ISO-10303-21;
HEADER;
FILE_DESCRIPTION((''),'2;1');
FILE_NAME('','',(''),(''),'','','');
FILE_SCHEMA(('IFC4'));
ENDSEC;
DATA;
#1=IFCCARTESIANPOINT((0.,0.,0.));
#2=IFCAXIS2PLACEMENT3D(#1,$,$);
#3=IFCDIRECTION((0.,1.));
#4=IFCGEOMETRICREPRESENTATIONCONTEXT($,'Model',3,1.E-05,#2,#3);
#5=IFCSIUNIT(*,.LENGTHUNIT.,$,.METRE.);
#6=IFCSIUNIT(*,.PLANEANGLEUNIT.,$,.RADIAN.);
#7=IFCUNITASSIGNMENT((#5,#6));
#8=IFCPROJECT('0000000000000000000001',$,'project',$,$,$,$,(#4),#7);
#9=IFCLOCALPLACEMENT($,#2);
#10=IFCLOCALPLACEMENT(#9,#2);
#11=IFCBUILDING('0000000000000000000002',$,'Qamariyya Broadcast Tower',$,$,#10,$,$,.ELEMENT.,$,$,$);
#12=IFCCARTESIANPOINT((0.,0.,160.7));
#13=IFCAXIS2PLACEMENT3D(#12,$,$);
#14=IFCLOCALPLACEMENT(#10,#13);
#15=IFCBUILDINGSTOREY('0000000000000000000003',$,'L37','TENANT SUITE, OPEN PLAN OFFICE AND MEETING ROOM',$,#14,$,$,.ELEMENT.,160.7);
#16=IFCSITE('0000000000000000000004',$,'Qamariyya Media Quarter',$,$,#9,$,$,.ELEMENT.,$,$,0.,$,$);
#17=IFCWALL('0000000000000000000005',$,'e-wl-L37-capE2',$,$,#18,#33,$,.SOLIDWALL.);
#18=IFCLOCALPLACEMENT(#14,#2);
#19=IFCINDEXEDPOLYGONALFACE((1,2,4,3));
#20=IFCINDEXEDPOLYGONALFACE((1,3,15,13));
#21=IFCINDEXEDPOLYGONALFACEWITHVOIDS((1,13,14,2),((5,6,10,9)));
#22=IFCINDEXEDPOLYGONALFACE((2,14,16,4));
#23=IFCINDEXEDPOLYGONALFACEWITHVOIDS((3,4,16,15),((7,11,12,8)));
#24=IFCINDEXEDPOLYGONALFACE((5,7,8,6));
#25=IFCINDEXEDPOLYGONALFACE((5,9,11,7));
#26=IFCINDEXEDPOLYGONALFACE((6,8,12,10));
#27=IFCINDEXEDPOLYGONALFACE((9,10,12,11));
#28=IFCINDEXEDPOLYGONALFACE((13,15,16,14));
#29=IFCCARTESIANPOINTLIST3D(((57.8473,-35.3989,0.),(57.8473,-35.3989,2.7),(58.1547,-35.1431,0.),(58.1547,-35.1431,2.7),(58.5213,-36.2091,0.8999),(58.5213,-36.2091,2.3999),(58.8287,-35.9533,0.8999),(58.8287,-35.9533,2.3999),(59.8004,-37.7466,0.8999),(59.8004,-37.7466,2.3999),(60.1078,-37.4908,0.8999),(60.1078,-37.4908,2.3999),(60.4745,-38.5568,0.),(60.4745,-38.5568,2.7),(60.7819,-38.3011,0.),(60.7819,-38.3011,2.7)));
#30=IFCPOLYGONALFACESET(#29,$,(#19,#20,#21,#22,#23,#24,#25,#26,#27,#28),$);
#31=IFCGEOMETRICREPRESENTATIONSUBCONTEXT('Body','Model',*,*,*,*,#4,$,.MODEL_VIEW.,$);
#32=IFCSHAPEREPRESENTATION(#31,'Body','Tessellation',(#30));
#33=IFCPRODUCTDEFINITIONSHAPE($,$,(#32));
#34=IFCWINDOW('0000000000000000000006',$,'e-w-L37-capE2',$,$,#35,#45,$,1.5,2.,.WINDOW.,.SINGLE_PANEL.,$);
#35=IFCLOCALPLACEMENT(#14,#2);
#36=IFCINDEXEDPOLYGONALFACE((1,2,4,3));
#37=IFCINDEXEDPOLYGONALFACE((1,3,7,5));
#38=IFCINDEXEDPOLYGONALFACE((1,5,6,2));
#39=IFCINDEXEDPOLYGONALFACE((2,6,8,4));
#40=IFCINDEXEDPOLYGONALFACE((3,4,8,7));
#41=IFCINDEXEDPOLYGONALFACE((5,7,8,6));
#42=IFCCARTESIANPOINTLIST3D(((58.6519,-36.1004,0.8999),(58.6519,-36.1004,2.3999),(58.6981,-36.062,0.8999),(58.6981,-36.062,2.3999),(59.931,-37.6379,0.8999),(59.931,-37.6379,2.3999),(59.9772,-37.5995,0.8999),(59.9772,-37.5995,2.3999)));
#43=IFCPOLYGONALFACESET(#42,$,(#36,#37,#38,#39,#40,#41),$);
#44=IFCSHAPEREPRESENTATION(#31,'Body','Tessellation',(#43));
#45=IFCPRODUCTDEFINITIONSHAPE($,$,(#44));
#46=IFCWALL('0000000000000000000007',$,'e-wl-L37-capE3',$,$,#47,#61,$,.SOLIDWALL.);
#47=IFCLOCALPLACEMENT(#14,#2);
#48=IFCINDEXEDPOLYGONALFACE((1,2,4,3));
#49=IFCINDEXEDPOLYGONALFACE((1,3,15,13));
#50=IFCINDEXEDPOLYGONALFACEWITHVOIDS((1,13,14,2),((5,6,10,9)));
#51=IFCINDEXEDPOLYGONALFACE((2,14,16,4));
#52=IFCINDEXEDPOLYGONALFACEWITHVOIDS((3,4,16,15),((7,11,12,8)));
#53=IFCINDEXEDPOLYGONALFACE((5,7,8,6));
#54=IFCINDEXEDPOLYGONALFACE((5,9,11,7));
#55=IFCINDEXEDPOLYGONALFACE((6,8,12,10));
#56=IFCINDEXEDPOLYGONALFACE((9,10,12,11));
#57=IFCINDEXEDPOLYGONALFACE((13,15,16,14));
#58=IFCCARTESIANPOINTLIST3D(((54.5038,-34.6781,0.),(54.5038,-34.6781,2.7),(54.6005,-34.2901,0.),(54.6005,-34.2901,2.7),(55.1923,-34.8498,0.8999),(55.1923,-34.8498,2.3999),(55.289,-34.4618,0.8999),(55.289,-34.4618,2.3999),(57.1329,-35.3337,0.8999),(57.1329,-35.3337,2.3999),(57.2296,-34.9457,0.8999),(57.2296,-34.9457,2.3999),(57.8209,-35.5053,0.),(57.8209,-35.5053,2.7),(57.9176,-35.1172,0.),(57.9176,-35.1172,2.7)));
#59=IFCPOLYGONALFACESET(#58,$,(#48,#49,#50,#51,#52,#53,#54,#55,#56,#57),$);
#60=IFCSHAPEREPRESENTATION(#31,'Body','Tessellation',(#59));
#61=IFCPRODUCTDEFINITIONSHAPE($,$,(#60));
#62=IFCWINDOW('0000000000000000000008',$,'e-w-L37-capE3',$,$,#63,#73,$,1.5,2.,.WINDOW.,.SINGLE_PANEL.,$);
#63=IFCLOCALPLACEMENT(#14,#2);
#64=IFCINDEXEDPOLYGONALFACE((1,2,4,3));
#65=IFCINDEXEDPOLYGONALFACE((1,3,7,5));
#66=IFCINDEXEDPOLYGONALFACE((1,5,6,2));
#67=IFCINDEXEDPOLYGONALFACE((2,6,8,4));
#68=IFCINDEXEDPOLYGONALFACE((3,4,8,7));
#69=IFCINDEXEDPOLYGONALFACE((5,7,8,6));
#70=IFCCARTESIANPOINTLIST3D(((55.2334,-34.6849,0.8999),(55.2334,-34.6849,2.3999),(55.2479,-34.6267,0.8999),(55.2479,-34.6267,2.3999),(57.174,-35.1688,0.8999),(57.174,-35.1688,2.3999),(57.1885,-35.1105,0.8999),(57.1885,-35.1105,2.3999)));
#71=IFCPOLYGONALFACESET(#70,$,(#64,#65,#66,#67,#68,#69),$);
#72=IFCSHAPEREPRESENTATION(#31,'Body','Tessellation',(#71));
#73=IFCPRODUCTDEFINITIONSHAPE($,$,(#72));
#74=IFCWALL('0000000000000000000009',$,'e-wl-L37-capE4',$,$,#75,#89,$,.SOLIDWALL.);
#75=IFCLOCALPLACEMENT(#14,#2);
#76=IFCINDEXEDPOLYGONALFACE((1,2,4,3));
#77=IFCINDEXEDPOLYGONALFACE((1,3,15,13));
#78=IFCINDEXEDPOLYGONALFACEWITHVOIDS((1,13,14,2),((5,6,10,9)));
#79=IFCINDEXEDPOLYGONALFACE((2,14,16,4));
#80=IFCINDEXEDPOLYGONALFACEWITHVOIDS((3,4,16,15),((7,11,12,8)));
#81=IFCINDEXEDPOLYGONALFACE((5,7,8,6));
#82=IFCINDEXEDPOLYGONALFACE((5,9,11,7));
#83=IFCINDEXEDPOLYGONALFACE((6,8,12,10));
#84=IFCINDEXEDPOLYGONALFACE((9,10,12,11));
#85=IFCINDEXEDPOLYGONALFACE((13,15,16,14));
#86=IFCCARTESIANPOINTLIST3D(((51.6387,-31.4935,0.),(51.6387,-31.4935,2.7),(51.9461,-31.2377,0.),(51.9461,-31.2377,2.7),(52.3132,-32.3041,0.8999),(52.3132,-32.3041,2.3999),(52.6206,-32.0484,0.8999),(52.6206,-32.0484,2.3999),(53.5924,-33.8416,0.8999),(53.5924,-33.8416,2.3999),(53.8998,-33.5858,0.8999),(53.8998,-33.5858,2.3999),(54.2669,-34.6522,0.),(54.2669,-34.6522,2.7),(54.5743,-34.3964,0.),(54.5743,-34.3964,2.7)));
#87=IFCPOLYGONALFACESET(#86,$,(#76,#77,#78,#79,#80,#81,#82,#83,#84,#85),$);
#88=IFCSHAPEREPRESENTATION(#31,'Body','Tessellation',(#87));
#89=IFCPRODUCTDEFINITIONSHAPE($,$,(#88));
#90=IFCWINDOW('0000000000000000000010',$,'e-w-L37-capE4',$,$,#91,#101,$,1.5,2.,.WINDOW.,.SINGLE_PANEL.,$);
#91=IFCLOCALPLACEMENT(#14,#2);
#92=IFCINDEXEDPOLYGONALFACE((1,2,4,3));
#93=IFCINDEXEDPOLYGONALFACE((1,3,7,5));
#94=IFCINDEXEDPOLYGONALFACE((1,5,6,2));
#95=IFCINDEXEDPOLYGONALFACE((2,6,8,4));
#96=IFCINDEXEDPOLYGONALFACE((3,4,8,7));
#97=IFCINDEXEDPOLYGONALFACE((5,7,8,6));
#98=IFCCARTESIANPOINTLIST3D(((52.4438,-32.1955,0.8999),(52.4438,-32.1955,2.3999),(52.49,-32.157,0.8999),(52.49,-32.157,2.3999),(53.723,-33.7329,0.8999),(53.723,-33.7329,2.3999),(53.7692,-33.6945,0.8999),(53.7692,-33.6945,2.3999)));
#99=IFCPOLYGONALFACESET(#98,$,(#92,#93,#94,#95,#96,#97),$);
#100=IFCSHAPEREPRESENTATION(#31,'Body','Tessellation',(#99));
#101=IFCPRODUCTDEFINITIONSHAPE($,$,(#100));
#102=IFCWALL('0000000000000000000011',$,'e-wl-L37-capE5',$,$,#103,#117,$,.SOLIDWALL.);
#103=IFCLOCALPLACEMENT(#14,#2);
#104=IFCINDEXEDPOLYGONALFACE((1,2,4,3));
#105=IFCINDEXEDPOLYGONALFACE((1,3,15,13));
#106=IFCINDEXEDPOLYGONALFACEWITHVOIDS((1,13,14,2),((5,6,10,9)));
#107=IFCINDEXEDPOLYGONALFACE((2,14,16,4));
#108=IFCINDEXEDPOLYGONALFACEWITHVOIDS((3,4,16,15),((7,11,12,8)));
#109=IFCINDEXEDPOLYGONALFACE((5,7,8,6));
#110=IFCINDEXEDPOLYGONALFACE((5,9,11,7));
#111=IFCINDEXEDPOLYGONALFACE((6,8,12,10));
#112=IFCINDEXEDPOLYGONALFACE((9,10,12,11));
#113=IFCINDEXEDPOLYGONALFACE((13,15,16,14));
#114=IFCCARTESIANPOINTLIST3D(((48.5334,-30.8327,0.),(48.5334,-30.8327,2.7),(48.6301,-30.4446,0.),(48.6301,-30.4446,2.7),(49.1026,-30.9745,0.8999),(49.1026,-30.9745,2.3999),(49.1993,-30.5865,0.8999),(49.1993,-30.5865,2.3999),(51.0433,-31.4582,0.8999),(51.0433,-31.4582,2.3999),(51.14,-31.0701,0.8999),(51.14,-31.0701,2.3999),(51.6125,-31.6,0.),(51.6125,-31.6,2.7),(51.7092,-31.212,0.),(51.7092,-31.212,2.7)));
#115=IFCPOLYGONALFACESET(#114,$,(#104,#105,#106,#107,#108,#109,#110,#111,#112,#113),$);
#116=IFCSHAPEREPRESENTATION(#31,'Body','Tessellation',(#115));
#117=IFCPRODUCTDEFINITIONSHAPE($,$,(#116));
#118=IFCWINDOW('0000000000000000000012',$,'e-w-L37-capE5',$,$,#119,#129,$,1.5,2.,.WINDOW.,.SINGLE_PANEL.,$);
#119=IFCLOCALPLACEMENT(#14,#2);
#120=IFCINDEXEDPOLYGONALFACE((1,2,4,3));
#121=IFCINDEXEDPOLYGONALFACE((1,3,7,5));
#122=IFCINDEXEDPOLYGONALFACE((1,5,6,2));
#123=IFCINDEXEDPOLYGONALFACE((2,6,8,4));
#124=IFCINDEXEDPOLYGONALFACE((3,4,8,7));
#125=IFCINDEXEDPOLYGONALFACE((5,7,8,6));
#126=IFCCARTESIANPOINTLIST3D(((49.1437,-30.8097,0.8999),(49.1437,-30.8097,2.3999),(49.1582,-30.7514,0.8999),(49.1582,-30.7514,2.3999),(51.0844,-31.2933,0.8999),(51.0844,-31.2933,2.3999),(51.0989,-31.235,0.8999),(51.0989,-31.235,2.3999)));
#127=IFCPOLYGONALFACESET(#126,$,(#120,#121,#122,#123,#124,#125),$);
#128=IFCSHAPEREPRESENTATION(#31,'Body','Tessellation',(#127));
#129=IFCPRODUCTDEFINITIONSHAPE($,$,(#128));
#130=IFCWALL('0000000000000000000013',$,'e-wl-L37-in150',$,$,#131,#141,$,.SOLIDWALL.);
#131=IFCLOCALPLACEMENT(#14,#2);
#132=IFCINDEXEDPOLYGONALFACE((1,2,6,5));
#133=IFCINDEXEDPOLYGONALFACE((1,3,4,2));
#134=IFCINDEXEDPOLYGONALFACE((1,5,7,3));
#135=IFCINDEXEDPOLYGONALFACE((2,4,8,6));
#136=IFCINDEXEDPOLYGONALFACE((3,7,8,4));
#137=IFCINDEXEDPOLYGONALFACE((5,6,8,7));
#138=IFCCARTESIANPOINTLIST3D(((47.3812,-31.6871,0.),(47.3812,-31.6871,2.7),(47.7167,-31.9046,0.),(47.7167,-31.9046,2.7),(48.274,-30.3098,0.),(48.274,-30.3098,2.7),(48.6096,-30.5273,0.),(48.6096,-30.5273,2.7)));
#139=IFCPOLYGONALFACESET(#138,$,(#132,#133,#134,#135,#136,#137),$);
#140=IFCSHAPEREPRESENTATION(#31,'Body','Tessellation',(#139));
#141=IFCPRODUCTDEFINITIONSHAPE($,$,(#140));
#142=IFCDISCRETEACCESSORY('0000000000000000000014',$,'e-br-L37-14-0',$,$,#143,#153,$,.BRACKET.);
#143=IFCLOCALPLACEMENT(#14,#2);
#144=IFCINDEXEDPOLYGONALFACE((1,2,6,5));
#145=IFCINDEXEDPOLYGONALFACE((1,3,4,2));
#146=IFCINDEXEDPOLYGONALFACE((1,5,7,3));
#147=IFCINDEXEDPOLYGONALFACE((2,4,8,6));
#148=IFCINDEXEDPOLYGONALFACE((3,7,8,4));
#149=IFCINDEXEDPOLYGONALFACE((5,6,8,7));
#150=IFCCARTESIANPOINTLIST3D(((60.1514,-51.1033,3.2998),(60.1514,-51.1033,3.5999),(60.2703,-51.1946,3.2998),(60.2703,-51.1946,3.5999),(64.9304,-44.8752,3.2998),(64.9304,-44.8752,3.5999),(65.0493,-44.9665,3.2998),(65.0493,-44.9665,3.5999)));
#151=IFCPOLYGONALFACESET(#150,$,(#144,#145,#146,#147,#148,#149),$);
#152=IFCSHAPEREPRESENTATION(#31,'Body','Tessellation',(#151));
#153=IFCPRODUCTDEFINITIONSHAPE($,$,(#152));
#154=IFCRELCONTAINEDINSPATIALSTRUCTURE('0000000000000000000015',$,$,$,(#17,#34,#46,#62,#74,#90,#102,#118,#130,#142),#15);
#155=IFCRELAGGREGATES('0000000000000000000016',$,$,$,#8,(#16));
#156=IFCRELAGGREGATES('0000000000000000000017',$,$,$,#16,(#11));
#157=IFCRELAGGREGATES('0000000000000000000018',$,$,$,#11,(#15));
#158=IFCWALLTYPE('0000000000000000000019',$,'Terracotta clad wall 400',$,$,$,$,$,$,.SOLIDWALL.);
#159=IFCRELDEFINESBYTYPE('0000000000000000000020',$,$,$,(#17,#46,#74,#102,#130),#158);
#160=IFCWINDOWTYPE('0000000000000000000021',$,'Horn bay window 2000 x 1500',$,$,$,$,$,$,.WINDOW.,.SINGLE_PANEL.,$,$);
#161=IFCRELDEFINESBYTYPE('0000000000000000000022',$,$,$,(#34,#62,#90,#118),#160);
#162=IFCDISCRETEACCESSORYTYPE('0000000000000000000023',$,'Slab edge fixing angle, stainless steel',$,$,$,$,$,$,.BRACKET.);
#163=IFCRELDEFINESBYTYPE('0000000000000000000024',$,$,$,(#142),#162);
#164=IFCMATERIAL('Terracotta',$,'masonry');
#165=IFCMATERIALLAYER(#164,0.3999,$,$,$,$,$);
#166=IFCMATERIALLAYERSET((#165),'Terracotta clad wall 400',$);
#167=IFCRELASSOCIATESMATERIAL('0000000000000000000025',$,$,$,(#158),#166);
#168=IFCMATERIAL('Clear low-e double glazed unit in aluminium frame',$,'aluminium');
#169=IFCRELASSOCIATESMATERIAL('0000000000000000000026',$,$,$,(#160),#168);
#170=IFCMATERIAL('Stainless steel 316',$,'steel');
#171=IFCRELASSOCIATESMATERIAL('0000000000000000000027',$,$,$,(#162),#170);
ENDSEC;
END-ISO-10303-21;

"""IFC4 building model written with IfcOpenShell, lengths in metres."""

from ifc_helpers import new_model, si_unit, direction, frame, frame_2d, origin, origin_2d, place, context, subcontext, project, spatial, rectangle, extrude, material, layer, layer_set, type_object, element, fill, save


model = new_model("IFC4")

# Units and contexts
model_context = context("Model", 3, precision=1e-05, world=origin(), true_north=direction((0.0, 1.0)))
body_context = subcontext(model_context, "Body", "Model", "MODEL_VIEW")
ifc_project = project(units=[si_unit("LENGTHUNIT", "METRE"), si_unit("PLANEANGLEUNIT", "RADIAN")], contexts=[model_context])

# Site, building, storey
site_placement = place(None, origin())
site = spatial("IfcSite", under=ifc_project, at=site_placement, Name="Qamariyya Media Quarter", CompositionType="ELEMENT", RefElevation=0.0)
building_placement = place(site_placement, origin())
building = spatial("IfcBuilding", under=site, at=building_placement, Name="Qamariyya Broadcast Tower", CompositionType="ELEMENT")
storey_placement = place(building_placement, frame((0.0, 0.0, 160.7)))
storey = spatial("IfcBuildingStorey", under=building, at=storey_placement, Name="L37", Description="TENANT SUITE, OPEN PLAN OFFICE AND MEETING ROOM", CompositionType="ELEMENT", Elevation=160.7)

# Walls, openings, windows
ifc_material_1 = material(Name="Terracotta", Category="masonry")
ifc_layer = layer(ifc_material_1, 0.3999)
ifc_layer_set = layer_set([ifc_layer], Name="Terracotta clad wall 400")
wall_type = type_object("IfcWallType", Name="Terracotta clad wall 400", PredefinedType="SOLIDWALL", material=ifc_layer_set)
ifc_material_2 = material(Name="Clear low-e double glazed unit in aluminium frame", Category="aluminium")
window_type = type_object("IfcWindowType", Name="Horn bay window 2000 x 1500", PartitioningType="SINGLE_PANEL", PredefinedType="WINDOW", material=ifc_material_2)
wall_1_placement = place(storey_placement, frame((60.6282, -38.429, 0.0), z_axis=(0.0, 0.0, 1.0), x_axis=(-0.639547, 0.768752, 0.0)))
wall_1 = element("IfcWall", 1, at=wall_1_placement, inside=storey, type_object=wall_type, Name="e-wl-L37-capE2", PredefinedType="SOLIDWALL", context=body_context, shape_type="SweptSolid", body=[
    extrude(rectangle(XDim=4.1079, YDim=0.3999, at=frame_2d((2.054, 0.0))), origin(), (0.0, 0.0, 1.0), 2.7),
])
opening_1_placement = place(wall_1_placement, frame((1.054, 0.0, 0.8999)))
opening_1 = element("IfcOpeningElement", 2, at=opening_1_placement, cuts=wall_1, PredefinedType="OPENING", context=body_context, shape_type="SweptSolid", body=[
    extrude(rectangle(XDim=2.0, YDim=1.5, at=frame_2d((1.0, 0.75))), frame((0.0, 0.21, 0.0), z_axis=(0.0, -1.0, 0.0), x_axis=(1.0, 0.0, 0.0)), (0.0, 0.0, 1.0), 0.4199),
])
window_1_placement = place(opening_1_placement, origin())
window_1 = element("IfcWindow", 3, at=window_1_placement, inside=storey, type_object=window_type, Name="e-w-L37-capE2", OverallHeight=1.5, OverallWidth=2.0, PartitioningType="SINGLE_PANEL", PredefinedType="WINDOW", context=body_context, shape_type="SweptSolid", body=[
    extrude(rectangle(XDim=2.0, YDim=1.5, at=frame_2d((1.0, 0.75))), frame((0.0, 0.03, 0.0), z_axis=(0.0, -1.0, 0.0), x_axis=(1.0, 0.0, 0.0)), (0.0, 0.0, 1.0), 0.0601),
])
fill(opening_1, window_1)
wall_2_placement = place(storey_placement, frame((57.8694, -35.3113, 0.0), z_axis=(0.0, 0.0, 1.0), x_axis=(-0.970289, 0.241947, 0.0)))
wall_2 = element("IfcWall", 4, at=wall_2_placement, inside=storey, type_object=wall_type, Name="e-wl-L37-capE3", PredefinedType="SOLIDWALL", context=body_context, shape_type="SweptSolid", body=[
    extrude(rectangle(XDim=3.4187, YDim=0.3999, at=frame_2d((1.7095, 0.0))), origin(), (0.0, 0.0, 1.0), 2.7),
])
opening_2_placement = place(wall_2_placement, frame((0.7092, 0.0, 0.8999)))
opening_2 = element("IfcOpeningElement", 5, at=opening_2_placement, cuts=wall_2, PredefinedType="OPENING", context=body_context, shape_type="SweptSolid", body=[
    extrude(rectangle(XDim=2.0, YDim=1.5, at=frame_2d((1.0, 0.75))), frame((0.0, 0.21, 0.0), z_axis=(0.0, -1.0, 0.0), x_axis=(1.0, 0.0, 0.0)), (0.0, 0.0, 1.0), 0.4199),
])
window_2_placement = place(opening_2_placement, origin())
window_2 = element("IfcWindow", 6, at=window_2_placement, inside=storey, type_object=window_type, Name="e-w-L37-capE3", OverallHeight=1.5, OverallWidth=2.0, PartitioningType="SINGLE_PANEL", PredefinedType="WINDOW", context=body_context, shape_type="SweptSolid", body=[
    extrude(rectangle(XDim=2.0, YDim=1.5, at=frame_2d((1.0, 0.75))), frame((0.0, 0.03, 0.0), z_axis=(0.0, -1.0, 0.0), x_axis=(1.0, 0.0, 0.0)), (0.0, 0.0, 1.0), 0.0601),
])
fill(opening_2, window_2)
wall_3_placement = place(storey_placement, frame((54.4207, -34.5244, 0.0), z_axis=(0.0, 0.0, 1.0), x_axis=(-0.6396, 0.768708, 0.0)))
wall_3 = element("IfcWall", 7, at=wall_3_placement, inside=storey, type_object=wall_type, Name="e-wl-L37-capE4", PredefinedType="SOLIDWALL", context=body_context, shape_type="SweptSolid", body=[
    extrude(rectangle(XDim=4.1091, YDim=0.3999, at=frame_2d((2.0547, 0.0))), origin(), (0.0, 0.0, 1.0), 2.7),
])
opening_3_placement = place(wall_3_placement, frame((1.0547, 0.0, 0.8999)))
opening_3 = element("IfcOpeningElement", 8, at=opening_3_placement, cuts=wall_3, PredefinedType="OPENING", context=body_context, shape_type="SweptSolid", body=[
    extrude(rectangle(XDim=2.0, YDim=1.5, at=frame_2d((1.0, 0.75))), frame((0.0, 0.21, 0.0), z_axis=(0.0, -1.0, 0.0), x_axis=(1.0, 0.0, 0.0)), (0.0, 0.0, 1.0), 0.4199),
])
window_3_placement = place(opening_3_placement, origin())
window_3 = element("IfcWindow", 9, at=window_3_placement, inside=storey, type_object=window_type, Name="e-w-L37-capE4", OverallHeight=1.5, OverallWidth=2.0, PartitioningType="SINGLE_PANEL", PredefinedType="WINDOW", context=body_context, shape_type="SweptSolid", body=[
    extrude(rectangle(XDim=2.0, YDim=1.5, at=frame_2d((1.0, 0.75))), frame((0.0, 0.03, 0.0), z_axis=(0.0, -1.0, 0.0), x_axis=(1.0, 0.0, 0.0)), (0.0, 0.0, 1.0), 0.0601),
])
fill(opening_3, window_3)
wall_4_placement = place(storey_placement, frame((51.6609, -31.406, 0.0), z_axis=(0.0, 0.0, 1.0), x_axis=(-0.970323, 0.241811, 0.0)))
wall_4 = element("IfcWall", 10, at=wall_4_placement, inside=storey, type_object=wall_type, Name="e-wl-L37-capE5", PredefinedType="SOLIDWALL", context=body_context, shape_type="SweptSolid", body=[
    extrude(rectangle(XDim=3.1733, YDim=0.3999, at=frame_2d((1.5867, 0.0))), origin(), (0.0, 0.0, 1.0), 2.7),
])
opening_4_placement = place(wall_4_placement, frame((0.5867, 0.0, 0.8999)))
opening_4 = element("IfcOpeningElement", 11, at=opening_4_placement, cuts=wall_4, PredefinedType="OPENING", context=body_context, shape_type="SweptSolid", body=[
    extrude(rectangle(XDim=2.0, YDim=1.5, at=frame_2d((1.0, 0.75))), frame((0.0, 0.21, 0.0), z_axis=(0.0, -1.0, 0.0), x_axis=(1.0, 0.0, 0.0)), (0.0, 0.0, 1.0), 0.4199),
])
window_4_placement = place(opening_4_placement, origin())
window_4 = element("IfcWindow", 12, at=window_4_placement, inside=storey, type_object=window_type, Name="e-w-L37-capE5", OverallHeight=1.5, OverallWidth=2.0, PartitioningType="SINGLE_PANEL", PredefinedType="WINDOW", context=body_context, shape_type="SweptSolid", body=[
    extrude(rectangle(XDim=2.0, YDim=1.5, at=frame_2d((1.0, 0.75))), frame((0.0, 0.03, 0.0), z_axis=(0.0, -1.0, 0.0), x_axis=(1.0, 0.0, 0.0)), (0.0, 0.0, 1.0), 0.0601),
])
fill(opening_4, window_4)

# Wall
wall_5_placement = place(storey_placement, frame((48.4419, -30.4185, 0.0), z_axis=(0.0, 0.0, 1.0), x_axis=(-0.543979, -0.839099, 0.0)))
element("IfcWall", 13, at=wall_5_placement, inside=storey, type_object=wall_type, Name="e-wl-L37-in150", PredefinedType="SOLIDWALL", context=body_context, shape_type="SweptSolid", body=[
    extrude(rectangle(XDim=1.6414, YDim=0.3999, at=frame_2d((0.8208, 0.0))), origin(), (0.0, 0.0, 1.0), 2.7),
])

# Discrete accessory
ifc_material_3 = material(Name="Stainless steel 316", Category="steel")
discrete_accessory_type = type_object("IfcDiscreteAccessoryType", Name="Slab edge fixing angle, stainless steel", PredefinedType="BRACKET", material=ifc_material_3)
discrete_accessory_placement = place(storey_placement, frame((62.6003, -48.0349, 3.2998), z_axis=(0.0, 0.0, 1.0), x_axis=(0.608761, 0.793353, 0.0)))
element("IfcDiscreteAccessory", 14, at=discrete_accessory_placement, inside=storey, type_object=discrete_accessory_type, Name="e-br-L37-14-0", PredefinedType="BRACKET", context=body_context, shape_type="SweptSolid", body=[
    extrude(rectangle(XDim=7.8503, YDim=0.1499, at=origin_2d()), origin(), (0.0, 0.0, 1.0), 0.3),
])

save(model, "model.ifc")
